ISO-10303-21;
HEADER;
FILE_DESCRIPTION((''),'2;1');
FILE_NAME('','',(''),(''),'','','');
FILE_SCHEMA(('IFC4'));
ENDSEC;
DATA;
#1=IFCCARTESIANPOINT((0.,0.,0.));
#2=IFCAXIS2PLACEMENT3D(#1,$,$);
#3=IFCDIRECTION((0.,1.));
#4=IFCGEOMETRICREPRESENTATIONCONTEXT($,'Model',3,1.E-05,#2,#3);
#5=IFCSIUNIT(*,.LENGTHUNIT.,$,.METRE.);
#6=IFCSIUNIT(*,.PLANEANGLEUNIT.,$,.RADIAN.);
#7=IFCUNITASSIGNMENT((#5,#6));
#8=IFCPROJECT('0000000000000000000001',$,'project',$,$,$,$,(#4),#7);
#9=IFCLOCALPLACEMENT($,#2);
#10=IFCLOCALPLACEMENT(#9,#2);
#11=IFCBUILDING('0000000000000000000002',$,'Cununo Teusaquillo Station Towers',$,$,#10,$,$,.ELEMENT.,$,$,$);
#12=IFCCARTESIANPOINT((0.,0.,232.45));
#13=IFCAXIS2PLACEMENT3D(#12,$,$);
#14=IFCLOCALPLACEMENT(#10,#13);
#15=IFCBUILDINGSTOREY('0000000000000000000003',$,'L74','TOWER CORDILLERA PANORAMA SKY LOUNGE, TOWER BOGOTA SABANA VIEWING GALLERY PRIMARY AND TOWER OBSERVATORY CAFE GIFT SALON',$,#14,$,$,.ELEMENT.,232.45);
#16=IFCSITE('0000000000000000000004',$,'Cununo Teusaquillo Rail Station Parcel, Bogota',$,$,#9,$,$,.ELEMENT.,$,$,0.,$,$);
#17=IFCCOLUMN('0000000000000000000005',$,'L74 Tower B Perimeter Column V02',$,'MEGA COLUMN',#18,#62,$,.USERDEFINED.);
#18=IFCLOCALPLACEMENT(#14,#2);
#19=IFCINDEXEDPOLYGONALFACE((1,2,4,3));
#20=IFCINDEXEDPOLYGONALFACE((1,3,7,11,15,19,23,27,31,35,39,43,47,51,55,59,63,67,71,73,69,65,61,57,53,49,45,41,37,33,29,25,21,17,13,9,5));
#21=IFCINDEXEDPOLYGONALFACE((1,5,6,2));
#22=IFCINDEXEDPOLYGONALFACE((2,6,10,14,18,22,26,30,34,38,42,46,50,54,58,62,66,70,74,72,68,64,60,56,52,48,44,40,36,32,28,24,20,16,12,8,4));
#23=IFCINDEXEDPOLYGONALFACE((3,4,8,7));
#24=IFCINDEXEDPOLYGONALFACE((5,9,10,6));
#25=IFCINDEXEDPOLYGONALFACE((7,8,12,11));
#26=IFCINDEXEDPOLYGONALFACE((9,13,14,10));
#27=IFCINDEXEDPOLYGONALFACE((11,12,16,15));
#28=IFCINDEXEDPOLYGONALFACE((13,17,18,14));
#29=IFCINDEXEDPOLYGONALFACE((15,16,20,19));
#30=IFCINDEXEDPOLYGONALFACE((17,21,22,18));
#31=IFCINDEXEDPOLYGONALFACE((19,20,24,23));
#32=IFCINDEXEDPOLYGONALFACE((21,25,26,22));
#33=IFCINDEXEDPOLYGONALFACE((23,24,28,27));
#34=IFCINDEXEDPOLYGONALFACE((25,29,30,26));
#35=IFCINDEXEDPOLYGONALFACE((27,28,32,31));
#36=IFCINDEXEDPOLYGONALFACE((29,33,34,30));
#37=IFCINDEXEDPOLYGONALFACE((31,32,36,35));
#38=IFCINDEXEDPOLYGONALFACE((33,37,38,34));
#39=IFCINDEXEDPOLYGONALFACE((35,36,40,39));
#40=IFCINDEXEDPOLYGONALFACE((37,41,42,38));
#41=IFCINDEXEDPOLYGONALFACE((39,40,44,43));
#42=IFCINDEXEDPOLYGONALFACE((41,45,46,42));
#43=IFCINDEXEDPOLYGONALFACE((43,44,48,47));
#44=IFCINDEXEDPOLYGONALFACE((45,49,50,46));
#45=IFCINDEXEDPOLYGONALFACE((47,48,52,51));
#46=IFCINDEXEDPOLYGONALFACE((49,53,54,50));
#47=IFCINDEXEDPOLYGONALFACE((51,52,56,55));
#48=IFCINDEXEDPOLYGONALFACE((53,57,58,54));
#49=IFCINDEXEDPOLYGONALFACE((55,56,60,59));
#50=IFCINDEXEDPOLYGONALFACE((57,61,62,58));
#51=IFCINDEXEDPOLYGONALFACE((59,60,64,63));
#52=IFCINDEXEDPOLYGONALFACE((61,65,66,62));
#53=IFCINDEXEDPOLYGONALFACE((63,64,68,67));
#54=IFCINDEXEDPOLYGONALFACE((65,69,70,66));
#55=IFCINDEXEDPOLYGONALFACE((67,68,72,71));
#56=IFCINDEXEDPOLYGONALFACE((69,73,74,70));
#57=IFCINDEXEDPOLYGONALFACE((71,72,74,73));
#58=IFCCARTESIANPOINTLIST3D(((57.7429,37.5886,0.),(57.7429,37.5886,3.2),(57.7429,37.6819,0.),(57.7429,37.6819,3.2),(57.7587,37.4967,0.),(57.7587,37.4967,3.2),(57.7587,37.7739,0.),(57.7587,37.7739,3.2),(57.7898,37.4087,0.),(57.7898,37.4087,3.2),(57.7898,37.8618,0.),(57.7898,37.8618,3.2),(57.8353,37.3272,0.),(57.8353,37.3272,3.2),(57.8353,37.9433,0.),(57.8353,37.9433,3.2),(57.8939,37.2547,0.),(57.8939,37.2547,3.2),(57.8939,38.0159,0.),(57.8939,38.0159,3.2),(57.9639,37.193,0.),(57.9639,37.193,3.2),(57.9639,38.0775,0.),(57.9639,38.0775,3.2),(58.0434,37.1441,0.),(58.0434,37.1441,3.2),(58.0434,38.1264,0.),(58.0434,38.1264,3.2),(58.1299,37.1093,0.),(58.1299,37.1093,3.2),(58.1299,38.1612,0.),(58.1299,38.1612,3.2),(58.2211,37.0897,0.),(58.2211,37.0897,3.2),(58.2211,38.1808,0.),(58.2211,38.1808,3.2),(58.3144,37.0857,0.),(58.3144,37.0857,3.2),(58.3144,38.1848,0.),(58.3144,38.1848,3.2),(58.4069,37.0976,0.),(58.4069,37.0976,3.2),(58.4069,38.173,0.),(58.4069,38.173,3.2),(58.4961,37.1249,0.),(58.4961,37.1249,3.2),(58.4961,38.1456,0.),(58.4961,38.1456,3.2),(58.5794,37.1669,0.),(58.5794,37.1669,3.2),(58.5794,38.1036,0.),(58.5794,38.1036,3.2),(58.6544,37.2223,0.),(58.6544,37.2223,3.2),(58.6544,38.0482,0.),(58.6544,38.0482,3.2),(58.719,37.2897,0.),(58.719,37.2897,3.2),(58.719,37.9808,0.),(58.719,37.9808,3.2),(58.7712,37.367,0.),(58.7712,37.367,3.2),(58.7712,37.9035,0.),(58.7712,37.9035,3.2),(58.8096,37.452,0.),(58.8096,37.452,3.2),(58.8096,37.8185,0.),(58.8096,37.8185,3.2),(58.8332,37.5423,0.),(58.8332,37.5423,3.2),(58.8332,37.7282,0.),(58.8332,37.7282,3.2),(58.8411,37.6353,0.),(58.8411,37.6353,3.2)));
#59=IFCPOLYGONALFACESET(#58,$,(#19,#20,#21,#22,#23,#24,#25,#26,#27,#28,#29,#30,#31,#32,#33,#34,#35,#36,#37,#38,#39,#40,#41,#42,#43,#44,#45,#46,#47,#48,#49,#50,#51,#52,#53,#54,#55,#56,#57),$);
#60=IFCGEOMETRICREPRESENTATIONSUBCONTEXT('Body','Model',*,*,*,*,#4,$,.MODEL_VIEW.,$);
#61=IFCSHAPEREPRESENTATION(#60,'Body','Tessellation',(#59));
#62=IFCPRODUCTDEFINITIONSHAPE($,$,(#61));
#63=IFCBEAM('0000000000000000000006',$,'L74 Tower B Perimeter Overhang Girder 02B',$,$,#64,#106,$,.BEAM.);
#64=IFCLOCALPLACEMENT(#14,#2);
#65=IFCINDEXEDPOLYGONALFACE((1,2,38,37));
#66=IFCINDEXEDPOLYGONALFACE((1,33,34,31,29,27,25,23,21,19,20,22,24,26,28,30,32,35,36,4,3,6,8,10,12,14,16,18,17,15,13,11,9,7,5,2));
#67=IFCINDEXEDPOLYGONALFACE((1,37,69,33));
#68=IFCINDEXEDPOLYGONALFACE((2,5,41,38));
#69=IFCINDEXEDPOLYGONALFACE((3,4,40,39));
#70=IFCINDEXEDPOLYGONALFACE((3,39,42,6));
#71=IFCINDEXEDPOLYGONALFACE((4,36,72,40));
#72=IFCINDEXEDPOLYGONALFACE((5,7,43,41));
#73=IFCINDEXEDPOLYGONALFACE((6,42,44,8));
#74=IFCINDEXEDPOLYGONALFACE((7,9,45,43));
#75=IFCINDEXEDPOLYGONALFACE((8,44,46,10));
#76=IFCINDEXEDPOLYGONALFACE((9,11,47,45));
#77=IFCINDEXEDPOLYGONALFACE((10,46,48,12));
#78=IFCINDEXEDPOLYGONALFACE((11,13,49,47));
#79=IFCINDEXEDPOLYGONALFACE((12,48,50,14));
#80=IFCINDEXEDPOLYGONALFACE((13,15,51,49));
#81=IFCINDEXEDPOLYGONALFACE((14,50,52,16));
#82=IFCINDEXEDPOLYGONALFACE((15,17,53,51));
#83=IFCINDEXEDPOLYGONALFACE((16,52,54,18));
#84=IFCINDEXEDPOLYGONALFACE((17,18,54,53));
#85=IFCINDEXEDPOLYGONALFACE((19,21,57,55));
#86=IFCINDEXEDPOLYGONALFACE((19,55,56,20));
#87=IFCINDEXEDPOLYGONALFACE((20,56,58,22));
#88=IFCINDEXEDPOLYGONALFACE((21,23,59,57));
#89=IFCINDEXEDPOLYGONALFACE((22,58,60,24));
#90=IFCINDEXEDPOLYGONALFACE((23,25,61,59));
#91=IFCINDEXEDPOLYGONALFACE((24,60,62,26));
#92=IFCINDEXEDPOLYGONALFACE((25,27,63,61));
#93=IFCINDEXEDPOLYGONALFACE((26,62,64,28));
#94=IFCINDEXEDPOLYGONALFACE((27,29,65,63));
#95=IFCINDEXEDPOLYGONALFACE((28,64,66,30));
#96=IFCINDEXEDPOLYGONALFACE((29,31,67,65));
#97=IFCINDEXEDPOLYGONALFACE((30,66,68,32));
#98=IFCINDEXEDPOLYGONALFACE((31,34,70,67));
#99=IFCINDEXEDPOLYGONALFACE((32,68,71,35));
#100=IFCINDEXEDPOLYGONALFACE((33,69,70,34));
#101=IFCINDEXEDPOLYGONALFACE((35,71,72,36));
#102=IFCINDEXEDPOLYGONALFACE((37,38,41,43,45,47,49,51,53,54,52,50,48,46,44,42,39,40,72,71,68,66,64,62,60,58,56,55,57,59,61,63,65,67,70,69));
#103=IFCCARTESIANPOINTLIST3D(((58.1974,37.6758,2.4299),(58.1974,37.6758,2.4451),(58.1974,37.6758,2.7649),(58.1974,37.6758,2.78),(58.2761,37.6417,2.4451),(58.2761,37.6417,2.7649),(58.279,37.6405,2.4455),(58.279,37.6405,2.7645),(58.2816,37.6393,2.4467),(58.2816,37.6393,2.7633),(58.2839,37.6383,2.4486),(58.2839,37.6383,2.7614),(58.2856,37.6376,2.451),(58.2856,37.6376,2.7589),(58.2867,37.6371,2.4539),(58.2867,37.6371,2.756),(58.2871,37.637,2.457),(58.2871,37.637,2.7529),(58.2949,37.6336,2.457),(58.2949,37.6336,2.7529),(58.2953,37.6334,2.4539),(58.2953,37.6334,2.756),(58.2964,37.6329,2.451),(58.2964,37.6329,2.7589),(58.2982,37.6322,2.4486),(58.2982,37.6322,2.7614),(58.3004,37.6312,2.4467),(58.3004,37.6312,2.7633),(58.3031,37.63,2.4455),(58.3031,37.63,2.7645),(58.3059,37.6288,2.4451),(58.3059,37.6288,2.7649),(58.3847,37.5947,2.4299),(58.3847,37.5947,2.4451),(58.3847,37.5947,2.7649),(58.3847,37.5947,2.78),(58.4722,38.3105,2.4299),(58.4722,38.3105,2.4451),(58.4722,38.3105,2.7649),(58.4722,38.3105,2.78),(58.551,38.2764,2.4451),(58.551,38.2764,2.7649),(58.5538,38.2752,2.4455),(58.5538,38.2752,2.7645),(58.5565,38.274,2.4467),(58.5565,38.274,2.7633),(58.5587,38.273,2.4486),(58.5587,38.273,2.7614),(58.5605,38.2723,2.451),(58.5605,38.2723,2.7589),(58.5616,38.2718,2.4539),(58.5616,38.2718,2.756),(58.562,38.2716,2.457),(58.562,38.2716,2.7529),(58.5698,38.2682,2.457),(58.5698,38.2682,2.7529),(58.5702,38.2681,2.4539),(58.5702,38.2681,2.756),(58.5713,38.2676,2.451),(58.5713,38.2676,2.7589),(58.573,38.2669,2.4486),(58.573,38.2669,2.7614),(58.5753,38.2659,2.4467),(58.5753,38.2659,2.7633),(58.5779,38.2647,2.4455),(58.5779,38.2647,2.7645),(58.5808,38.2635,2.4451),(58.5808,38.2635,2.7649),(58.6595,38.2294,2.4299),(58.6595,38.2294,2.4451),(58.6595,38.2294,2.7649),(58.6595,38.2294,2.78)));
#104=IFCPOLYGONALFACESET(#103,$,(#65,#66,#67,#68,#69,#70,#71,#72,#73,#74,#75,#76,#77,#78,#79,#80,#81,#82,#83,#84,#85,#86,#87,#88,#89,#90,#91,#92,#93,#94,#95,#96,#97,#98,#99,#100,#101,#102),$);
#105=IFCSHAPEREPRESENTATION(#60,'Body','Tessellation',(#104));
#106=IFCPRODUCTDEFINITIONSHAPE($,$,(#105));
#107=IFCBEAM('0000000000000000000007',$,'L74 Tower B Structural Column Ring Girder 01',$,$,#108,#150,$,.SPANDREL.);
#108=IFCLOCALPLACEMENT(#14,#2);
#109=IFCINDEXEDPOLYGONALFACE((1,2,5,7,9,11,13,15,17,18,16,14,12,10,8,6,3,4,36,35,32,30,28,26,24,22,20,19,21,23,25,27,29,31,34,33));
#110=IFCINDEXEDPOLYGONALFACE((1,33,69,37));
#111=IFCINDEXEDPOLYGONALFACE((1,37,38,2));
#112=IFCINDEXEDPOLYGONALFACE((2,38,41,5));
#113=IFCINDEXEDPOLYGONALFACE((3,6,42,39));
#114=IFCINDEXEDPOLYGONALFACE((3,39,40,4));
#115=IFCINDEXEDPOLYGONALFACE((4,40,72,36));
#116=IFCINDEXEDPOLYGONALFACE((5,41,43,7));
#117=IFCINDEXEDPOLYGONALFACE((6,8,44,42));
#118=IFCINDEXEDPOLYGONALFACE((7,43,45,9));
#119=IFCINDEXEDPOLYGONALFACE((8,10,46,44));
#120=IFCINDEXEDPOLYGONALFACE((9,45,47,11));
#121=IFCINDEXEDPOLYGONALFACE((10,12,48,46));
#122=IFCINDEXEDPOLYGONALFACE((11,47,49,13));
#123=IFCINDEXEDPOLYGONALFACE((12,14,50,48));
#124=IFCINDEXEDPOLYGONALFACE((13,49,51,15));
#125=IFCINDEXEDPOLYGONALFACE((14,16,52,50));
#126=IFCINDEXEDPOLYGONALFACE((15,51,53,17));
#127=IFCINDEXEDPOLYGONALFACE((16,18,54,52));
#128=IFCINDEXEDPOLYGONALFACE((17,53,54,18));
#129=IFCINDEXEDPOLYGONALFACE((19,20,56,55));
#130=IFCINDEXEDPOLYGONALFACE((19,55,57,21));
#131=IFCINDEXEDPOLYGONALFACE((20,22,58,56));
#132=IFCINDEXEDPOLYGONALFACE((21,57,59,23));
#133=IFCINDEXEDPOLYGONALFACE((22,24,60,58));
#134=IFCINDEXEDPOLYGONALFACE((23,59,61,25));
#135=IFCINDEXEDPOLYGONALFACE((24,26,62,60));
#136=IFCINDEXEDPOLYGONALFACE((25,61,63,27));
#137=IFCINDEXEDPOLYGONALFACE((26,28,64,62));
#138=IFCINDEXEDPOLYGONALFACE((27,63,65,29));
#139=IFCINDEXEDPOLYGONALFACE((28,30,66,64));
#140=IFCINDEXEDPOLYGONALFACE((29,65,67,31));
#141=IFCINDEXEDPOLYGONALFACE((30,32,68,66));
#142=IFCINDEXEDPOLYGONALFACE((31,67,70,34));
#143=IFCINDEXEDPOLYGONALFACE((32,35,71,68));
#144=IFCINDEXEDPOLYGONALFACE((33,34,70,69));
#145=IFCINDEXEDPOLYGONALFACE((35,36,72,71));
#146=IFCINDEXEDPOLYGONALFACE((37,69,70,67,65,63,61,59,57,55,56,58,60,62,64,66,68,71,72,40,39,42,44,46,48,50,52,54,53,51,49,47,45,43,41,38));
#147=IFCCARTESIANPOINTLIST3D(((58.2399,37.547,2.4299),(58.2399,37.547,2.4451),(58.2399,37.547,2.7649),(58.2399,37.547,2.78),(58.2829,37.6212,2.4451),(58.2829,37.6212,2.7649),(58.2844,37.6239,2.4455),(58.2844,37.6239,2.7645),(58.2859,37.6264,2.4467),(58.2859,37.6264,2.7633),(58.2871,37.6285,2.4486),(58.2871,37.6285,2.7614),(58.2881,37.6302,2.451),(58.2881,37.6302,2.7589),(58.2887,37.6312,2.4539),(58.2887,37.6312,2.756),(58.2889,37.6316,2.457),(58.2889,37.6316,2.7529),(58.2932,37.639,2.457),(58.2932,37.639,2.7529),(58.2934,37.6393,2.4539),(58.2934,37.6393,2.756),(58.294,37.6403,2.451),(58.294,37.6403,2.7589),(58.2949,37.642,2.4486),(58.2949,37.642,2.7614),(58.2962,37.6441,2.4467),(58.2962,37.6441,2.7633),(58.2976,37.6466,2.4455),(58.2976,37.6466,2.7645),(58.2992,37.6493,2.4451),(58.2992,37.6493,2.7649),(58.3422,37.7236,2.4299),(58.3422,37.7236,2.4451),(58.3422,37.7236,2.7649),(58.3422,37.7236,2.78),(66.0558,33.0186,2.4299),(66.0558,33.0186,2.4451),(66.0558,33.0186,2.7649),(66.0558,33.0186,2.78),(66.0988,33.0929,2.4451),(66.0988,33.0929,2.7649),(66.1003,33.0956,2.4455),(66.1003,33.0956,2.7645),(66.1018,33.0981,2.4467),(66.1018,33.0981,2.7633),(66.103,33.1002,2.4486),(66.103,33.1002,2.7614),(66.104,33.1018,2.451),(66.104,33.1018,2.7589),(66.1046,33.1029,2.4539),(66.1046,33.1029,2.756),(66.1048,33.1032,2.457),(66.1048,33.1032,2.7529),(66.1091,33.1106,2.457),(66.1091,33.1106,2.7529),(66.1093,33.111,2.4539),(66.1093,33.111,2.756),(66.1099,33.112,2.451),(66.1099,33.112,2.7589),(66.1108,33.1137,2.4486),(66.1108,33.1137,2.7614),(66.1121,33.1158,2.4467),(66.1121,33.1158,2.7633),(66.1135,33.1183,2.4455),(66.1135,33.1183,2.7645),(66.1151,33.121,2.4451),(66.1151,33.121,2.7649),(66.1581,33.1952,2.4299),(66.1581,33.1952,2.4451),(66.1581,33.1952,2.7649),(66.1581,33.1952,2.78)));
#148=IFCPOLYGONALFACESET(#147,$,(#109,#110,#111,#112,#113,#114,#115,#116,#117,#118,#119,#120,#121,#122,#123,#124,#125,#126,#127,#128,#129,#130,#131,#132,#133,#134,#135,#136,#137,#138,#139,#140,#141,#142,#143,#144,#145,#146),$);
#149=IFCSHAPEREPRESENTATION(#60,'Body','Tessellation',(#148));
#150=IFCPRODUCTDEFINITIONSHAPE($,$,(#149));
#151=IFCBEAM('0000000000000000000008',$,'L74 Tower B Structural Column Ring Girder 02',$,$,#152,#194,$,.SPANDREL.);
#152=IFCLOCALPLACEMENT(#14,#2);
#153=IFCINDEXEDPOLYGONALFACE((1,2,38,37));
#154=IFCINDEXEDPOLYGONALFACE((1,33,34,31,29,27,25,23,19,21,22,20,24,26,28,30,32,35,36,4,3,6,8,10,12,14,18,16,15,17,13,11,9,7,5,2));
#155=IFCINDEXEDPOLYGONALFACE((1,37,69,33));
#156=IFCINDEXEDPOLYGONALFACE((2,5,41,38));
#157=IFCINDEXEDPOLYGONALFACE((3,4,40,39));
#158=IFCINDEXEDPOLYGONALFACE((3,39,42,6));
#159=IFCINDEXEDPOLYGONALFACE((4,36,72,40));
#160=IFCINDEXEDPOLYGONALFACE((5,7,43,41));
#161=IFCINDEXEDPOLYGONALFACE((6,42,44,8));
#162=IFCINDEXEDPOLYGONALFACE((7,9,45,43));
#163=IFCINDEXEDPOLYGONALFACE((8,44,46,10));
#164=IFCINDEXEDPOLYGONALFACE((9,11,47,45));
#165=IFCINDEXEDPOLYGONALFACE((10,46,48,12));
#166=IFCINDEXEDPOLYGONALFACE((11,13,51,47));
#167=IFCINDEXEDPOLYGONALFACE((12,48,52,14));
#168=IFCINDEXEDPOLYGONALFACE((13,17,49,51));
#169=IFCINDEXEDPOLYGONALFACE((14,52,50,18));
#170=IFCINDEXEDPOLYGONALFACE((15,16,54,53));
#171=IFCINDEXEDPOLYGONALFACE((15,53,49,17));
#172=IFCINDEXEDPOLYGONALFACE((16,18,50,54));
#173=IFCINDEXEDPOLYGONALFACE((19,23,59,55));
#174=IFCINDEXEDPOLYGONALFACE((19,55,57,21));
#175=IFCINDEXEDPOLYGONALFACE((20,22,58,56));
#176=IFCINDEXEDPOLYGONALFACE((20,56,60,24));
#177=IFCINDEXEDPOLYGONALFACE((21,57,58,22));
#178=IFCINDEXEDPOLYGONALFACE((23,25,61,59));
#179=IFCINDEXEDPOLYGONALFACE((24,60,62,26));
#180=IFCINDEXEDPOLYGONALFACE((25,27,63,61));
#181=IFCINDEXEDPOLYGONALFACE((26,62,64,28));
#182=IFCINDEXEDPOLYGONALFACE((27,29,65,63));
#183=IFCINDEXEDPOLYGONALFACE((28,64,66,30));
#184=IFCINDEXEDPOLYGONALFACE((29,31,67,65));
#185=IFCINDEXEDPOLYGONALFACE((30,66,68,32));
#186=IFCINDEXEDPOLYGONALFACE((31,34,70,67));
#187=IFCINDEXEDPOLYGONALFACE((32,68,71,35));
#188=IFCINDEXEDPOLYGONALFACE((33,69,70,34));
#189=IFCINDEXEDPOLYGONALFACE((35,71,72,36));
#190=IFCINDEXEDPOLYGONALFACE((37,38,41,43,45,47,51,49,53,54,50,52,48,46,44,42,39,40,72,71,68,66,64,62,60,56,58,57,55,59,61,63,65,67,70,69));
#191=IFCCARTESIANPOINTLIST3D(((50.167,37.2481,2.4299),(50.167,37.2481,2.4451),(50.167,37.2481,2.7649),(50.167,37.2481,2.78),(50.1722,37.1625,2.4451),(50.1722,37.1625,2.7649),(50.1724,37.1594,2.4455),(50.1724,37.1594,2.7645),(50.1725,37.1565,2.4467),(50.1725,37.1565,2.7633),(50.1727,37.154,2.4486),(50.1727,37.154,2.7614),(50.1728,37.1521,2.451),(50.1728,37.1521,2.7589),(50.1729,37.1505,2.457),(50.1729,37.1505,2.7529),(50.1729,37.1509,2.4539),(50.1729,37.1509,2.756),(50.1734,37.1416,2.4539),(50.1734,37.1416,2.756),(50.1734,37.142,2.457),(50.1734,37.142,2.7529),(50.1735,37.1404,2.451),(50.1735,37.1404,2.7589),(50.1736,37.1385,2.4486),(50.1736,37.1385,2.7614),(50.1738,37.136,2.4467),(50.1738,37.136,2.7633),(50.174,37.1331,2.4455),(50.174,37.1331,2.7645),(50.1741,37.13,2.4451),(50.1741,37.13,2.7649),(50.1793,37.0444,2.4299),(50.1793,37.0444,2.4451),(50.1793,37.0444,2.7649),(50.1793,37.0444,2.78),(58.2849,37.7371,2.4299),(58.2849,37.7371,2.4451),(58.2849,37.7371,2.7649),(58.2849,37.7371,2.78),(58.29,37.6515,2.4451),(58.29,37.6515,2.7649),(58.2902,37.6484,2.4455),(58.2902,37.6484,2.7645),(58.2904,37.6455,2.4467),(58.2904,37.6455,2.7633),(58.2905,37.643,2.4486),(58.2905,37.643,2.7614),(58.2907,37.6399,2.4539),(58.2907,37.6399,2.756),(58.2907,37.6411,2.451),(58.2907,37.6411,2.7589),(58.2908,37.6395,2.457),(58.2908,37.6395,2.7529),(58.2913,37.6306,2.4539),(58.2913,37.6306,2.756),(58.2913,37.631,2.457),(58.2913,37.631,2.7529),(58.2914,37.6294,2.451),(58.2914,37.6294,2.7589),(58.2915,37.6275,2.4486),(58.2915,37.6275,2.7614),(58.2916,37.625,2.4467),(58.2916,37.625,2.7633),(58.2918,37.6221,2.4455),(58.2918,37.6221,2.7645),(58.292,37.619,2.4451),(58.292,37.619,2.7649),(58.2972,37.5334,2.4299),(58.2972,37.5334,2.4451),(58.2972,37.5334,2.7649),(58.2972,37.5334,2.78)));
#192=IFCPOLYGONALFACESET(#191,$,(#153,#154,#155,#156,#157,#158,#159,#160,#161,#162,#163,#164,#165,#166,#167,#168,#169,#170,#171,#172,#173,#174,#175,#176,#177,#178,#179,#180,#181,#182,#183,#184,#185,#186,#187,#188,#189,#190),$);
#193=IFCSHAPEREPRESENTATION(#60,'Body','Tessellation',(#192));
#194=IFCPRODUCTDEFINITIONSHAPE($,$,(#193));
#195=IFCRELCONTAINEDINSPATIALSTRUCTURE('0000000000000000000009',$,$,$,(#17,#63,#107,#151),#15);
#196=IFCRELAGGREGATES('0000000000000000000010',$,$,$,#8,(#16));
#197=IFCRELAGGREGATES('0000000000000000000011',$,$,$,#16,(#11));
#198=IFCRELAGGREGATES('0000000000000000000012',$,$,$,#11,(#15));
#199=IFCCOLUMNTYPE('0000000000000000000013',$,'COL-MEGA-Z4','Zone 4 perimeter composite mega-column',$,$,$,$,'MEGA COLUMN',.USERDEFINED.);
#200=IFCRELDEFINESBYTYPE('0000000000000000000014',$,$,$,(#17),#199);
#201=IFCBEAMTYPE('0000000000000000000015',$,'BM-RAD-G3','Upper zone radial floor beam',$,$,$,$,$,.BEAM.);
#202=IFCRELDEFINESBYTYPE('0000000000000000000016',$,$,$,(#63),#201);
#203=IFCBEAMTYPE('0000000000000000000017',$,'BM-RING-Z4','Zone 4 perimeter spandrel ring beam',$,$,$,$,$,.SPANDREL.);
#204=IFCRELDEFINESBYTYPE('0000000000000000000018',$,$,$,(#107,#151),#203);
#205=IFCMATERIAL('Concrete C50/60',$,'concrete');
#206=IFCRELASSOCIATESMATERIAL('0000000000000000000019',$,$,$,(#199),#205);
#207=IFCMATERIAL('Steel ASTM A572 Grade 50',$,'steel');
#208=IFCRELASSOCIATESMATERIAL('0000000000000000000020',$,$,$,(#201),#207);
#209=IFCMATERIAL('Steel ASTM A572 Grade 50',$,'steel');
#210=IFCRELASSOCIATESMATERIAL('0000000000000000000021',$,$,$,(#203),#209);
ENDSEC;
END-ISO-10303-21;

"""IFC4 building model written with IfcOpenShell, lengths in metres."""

from ifc_helpers import new_model, si_unit, direction, frame, origin, origin_2d, place, context, subcontext, project, spatial, circle, i_section, extrude, material, material_profile, profile_set, type_object, element, save


model = new_model("IFC4")

# Units and contexts
model_context = context("Model", 3, precision=1e-05, world=origin(), true_north=direction((0.0, 1.0)))
body_context = subcontext(model_context, "Body", "Model", "MODEL_VIEW")
ifc_project = project(units=[si_unit("LENGTHUNIT", "METRE"), si_unit("PLANEANGLEUNIT", "RADIAN")], contexts=[model_context])

# Site, building, storey
site_placement = place(None, origin())
site = spatial("IfcSite", under=ifc_project, at=site_placement, Name="Cununo Teusaquillo Rail Station Parcel, Bogota", CompositionType="ELEMENT", RefElevation=0.0)
building_placement = place(site_placement, origin())
building = spatial("IfcBuilding", under=site, at=building_placement, Name="Cununo Teusaquillo Station Towers", CompositionType="ELEMENT")
storey_placement = place(building_placement, frame((0.0, 0.0, 232.45)))
storey = spatial("IfcBuildingStorey", under=building, at=storey_placement, Name="L74", Description="TOWER CORDILLERA PANORAMA SKY LOUNGE, TOWER BOGOTA SABANA VIEWING GALLERY PRIMARY AND TOWER OBSERVATORY CAFE GIFT SALON", CompositionType="ELEMENT", Elevation=232.45)

# Column
ifc_material_1 = material(Name="Concrete C50/60", Category="concrete")
ifc_material_profile_1 = material_profile(ifc_material_1, circle(Radius=0.55, at=origin_2d()), Name="RC-CIRC-1100")
ifc_profile_set_1 = profile_set([ifc_material_profile_1], Name="Concrete C50/60")
column_type = type_object("IfcColumnType", Name="COL-MEGA-Z4", Description="Zone 4 perimeter composite mega-column", ElementType="MEGA COLUMN", PredefinedType="USERDEFINED", material=ifc_profile_set_1)
column_placement = place(storey_placement, frame((58.291, 37.6353, 0.0), z_axis=(0.0, 0.0, 1.0), x_axis=(1.0, 0.0, 0.0)))
element("IfcColumn", 1, at=column_placement, inside=storey, type_object=column_type, Name="L74 Tower B Perimeter Column V02", ObjectType="MEGA COLUMN", PredefinedType="USERDEFINED", context=body_context, shape_type="SweptSolid", body=[
    extrude(circle(Radius=0.55, at=origin_2d()), origin(), (0.0, 0.0, 1.0), 3.2),
])

# Beams
ifc_material_2 = material(Name="Steel ASTM A572 Grade 50", Category="steel")
ifc_material_profile_2 = material_profile(ifc_material_2, i_section(OverallWidth=0.2041, OverallDepth=0.3501, WebThickness=0.0085, FlangeThickness=0.0151, FilletRadius=0.012, at=origin_2d()), Name="W14X48")
ifc_profile_set_2 = profile_set([ifc_material_profile_2], Name="Steel ASTM A572 Grade 50")
beam_type_1 = type_object("IfcBeamType", Name="BM-RAD-G3", Description="Upper zone radial floor beam", PredefinedType="BEAM", material=ifc_profile_set_2)
beam_1_placement = place(storey_placement, frame((58.291, 37.6353, 2.605), z_axis=(0.397409, 0.917641, 0.0), x_axis=(-0.917641, 0.397409, 0.0)))
element("IfcBeam", 2, at=beam_1_placement, inside=storey, type_object=beam_type_1, Name="L74 Tower B Perimeter Overhang Girder 02B", PredefinedType="BEAM", context=body_context, shape_type="SweptSolid", body=[
    extrude(i_section(OverallWidth=0.2041, OverallDepth=0.3501, WebThickness=0.0085, FlangeThickness=0.0151, FilletRadius=0.012, at=origin_2d()), origin(), (0.0, 0.0, 1.0), 0.6917),
])
ifc_material_3 = material(Name="Steel ASTM A572 Grade 50", Category="steel")
ifc_material_profile_3 = material_profile(ifc_material_3, i_section(OverallWidth=0.2041, OverallDepth=0.3501, WebThickness=0.0085, FlangeThickness=0.0151, FilletRadius=0.012, at=origin_2d()), Name="W14X48")
ifc_profile_set_3 = profile_set([ifc_material_profile_3], Name="Steel ASTM A572 Grade 50")
beam_type_2 = type_object("IfcBeamType", Name="BM-RING-Z4", Description="Zone 4 perimeter spandrel ring beam", PredefinedType="SPANDREL", material=ifc_profile_set_3)
beam_2_placement = place(storey_placement, frame((66.1069, 33.1069, 2.605), z_axis=(-0.865267, 0.501311, 0.0), x_axis=(-0.501311, -0.865267, 0.0)))
element("IfcBeam", 3, at=beam_2_placement, inside=storey, type_object=beam_type_2, Name="L74 Tower B Structural Column Ring Girder 01", PredefinedType="SPANDREL", context=body_context, shape_type="SweptSolid", body=[
    extrude(i_section(OverallWidth=0.2041, OverallDepth=0.3501, WebThickness=0.0085, FlangeThickness=0.0151, FilletRadius=0.012, at=origin_2d()), origin(), (0.0, 0.0, 1.0), 9.033),
])
beam_3_placement = place(storey_placement, frame((58.291, 37.6353, 2.605), z_axis=(-0.998191, -0.06013, 0.0), x_axis=(0.06013, -0.998191, 0.0)))
element("IfcBeam", 4, at=beam_3_placement, inside=storey, type_object=beam_type_2, Name="L74 Tower B Structural Column Ring Girder 02", PredefinedType="SPANDREL", context=body_context, shape_type="SweptSolid", body=[
    extrude(i_section(OverallWidth=0.2041, OverallDepth=0.3501, WebThickness=0.0085, FlangeThickness=0.0151, FilletRadius=0.012, at=origin_2d()), origin(), (0.0, 0.0, 1.0), 8.1326),
])

save(model, "model.ifc")
